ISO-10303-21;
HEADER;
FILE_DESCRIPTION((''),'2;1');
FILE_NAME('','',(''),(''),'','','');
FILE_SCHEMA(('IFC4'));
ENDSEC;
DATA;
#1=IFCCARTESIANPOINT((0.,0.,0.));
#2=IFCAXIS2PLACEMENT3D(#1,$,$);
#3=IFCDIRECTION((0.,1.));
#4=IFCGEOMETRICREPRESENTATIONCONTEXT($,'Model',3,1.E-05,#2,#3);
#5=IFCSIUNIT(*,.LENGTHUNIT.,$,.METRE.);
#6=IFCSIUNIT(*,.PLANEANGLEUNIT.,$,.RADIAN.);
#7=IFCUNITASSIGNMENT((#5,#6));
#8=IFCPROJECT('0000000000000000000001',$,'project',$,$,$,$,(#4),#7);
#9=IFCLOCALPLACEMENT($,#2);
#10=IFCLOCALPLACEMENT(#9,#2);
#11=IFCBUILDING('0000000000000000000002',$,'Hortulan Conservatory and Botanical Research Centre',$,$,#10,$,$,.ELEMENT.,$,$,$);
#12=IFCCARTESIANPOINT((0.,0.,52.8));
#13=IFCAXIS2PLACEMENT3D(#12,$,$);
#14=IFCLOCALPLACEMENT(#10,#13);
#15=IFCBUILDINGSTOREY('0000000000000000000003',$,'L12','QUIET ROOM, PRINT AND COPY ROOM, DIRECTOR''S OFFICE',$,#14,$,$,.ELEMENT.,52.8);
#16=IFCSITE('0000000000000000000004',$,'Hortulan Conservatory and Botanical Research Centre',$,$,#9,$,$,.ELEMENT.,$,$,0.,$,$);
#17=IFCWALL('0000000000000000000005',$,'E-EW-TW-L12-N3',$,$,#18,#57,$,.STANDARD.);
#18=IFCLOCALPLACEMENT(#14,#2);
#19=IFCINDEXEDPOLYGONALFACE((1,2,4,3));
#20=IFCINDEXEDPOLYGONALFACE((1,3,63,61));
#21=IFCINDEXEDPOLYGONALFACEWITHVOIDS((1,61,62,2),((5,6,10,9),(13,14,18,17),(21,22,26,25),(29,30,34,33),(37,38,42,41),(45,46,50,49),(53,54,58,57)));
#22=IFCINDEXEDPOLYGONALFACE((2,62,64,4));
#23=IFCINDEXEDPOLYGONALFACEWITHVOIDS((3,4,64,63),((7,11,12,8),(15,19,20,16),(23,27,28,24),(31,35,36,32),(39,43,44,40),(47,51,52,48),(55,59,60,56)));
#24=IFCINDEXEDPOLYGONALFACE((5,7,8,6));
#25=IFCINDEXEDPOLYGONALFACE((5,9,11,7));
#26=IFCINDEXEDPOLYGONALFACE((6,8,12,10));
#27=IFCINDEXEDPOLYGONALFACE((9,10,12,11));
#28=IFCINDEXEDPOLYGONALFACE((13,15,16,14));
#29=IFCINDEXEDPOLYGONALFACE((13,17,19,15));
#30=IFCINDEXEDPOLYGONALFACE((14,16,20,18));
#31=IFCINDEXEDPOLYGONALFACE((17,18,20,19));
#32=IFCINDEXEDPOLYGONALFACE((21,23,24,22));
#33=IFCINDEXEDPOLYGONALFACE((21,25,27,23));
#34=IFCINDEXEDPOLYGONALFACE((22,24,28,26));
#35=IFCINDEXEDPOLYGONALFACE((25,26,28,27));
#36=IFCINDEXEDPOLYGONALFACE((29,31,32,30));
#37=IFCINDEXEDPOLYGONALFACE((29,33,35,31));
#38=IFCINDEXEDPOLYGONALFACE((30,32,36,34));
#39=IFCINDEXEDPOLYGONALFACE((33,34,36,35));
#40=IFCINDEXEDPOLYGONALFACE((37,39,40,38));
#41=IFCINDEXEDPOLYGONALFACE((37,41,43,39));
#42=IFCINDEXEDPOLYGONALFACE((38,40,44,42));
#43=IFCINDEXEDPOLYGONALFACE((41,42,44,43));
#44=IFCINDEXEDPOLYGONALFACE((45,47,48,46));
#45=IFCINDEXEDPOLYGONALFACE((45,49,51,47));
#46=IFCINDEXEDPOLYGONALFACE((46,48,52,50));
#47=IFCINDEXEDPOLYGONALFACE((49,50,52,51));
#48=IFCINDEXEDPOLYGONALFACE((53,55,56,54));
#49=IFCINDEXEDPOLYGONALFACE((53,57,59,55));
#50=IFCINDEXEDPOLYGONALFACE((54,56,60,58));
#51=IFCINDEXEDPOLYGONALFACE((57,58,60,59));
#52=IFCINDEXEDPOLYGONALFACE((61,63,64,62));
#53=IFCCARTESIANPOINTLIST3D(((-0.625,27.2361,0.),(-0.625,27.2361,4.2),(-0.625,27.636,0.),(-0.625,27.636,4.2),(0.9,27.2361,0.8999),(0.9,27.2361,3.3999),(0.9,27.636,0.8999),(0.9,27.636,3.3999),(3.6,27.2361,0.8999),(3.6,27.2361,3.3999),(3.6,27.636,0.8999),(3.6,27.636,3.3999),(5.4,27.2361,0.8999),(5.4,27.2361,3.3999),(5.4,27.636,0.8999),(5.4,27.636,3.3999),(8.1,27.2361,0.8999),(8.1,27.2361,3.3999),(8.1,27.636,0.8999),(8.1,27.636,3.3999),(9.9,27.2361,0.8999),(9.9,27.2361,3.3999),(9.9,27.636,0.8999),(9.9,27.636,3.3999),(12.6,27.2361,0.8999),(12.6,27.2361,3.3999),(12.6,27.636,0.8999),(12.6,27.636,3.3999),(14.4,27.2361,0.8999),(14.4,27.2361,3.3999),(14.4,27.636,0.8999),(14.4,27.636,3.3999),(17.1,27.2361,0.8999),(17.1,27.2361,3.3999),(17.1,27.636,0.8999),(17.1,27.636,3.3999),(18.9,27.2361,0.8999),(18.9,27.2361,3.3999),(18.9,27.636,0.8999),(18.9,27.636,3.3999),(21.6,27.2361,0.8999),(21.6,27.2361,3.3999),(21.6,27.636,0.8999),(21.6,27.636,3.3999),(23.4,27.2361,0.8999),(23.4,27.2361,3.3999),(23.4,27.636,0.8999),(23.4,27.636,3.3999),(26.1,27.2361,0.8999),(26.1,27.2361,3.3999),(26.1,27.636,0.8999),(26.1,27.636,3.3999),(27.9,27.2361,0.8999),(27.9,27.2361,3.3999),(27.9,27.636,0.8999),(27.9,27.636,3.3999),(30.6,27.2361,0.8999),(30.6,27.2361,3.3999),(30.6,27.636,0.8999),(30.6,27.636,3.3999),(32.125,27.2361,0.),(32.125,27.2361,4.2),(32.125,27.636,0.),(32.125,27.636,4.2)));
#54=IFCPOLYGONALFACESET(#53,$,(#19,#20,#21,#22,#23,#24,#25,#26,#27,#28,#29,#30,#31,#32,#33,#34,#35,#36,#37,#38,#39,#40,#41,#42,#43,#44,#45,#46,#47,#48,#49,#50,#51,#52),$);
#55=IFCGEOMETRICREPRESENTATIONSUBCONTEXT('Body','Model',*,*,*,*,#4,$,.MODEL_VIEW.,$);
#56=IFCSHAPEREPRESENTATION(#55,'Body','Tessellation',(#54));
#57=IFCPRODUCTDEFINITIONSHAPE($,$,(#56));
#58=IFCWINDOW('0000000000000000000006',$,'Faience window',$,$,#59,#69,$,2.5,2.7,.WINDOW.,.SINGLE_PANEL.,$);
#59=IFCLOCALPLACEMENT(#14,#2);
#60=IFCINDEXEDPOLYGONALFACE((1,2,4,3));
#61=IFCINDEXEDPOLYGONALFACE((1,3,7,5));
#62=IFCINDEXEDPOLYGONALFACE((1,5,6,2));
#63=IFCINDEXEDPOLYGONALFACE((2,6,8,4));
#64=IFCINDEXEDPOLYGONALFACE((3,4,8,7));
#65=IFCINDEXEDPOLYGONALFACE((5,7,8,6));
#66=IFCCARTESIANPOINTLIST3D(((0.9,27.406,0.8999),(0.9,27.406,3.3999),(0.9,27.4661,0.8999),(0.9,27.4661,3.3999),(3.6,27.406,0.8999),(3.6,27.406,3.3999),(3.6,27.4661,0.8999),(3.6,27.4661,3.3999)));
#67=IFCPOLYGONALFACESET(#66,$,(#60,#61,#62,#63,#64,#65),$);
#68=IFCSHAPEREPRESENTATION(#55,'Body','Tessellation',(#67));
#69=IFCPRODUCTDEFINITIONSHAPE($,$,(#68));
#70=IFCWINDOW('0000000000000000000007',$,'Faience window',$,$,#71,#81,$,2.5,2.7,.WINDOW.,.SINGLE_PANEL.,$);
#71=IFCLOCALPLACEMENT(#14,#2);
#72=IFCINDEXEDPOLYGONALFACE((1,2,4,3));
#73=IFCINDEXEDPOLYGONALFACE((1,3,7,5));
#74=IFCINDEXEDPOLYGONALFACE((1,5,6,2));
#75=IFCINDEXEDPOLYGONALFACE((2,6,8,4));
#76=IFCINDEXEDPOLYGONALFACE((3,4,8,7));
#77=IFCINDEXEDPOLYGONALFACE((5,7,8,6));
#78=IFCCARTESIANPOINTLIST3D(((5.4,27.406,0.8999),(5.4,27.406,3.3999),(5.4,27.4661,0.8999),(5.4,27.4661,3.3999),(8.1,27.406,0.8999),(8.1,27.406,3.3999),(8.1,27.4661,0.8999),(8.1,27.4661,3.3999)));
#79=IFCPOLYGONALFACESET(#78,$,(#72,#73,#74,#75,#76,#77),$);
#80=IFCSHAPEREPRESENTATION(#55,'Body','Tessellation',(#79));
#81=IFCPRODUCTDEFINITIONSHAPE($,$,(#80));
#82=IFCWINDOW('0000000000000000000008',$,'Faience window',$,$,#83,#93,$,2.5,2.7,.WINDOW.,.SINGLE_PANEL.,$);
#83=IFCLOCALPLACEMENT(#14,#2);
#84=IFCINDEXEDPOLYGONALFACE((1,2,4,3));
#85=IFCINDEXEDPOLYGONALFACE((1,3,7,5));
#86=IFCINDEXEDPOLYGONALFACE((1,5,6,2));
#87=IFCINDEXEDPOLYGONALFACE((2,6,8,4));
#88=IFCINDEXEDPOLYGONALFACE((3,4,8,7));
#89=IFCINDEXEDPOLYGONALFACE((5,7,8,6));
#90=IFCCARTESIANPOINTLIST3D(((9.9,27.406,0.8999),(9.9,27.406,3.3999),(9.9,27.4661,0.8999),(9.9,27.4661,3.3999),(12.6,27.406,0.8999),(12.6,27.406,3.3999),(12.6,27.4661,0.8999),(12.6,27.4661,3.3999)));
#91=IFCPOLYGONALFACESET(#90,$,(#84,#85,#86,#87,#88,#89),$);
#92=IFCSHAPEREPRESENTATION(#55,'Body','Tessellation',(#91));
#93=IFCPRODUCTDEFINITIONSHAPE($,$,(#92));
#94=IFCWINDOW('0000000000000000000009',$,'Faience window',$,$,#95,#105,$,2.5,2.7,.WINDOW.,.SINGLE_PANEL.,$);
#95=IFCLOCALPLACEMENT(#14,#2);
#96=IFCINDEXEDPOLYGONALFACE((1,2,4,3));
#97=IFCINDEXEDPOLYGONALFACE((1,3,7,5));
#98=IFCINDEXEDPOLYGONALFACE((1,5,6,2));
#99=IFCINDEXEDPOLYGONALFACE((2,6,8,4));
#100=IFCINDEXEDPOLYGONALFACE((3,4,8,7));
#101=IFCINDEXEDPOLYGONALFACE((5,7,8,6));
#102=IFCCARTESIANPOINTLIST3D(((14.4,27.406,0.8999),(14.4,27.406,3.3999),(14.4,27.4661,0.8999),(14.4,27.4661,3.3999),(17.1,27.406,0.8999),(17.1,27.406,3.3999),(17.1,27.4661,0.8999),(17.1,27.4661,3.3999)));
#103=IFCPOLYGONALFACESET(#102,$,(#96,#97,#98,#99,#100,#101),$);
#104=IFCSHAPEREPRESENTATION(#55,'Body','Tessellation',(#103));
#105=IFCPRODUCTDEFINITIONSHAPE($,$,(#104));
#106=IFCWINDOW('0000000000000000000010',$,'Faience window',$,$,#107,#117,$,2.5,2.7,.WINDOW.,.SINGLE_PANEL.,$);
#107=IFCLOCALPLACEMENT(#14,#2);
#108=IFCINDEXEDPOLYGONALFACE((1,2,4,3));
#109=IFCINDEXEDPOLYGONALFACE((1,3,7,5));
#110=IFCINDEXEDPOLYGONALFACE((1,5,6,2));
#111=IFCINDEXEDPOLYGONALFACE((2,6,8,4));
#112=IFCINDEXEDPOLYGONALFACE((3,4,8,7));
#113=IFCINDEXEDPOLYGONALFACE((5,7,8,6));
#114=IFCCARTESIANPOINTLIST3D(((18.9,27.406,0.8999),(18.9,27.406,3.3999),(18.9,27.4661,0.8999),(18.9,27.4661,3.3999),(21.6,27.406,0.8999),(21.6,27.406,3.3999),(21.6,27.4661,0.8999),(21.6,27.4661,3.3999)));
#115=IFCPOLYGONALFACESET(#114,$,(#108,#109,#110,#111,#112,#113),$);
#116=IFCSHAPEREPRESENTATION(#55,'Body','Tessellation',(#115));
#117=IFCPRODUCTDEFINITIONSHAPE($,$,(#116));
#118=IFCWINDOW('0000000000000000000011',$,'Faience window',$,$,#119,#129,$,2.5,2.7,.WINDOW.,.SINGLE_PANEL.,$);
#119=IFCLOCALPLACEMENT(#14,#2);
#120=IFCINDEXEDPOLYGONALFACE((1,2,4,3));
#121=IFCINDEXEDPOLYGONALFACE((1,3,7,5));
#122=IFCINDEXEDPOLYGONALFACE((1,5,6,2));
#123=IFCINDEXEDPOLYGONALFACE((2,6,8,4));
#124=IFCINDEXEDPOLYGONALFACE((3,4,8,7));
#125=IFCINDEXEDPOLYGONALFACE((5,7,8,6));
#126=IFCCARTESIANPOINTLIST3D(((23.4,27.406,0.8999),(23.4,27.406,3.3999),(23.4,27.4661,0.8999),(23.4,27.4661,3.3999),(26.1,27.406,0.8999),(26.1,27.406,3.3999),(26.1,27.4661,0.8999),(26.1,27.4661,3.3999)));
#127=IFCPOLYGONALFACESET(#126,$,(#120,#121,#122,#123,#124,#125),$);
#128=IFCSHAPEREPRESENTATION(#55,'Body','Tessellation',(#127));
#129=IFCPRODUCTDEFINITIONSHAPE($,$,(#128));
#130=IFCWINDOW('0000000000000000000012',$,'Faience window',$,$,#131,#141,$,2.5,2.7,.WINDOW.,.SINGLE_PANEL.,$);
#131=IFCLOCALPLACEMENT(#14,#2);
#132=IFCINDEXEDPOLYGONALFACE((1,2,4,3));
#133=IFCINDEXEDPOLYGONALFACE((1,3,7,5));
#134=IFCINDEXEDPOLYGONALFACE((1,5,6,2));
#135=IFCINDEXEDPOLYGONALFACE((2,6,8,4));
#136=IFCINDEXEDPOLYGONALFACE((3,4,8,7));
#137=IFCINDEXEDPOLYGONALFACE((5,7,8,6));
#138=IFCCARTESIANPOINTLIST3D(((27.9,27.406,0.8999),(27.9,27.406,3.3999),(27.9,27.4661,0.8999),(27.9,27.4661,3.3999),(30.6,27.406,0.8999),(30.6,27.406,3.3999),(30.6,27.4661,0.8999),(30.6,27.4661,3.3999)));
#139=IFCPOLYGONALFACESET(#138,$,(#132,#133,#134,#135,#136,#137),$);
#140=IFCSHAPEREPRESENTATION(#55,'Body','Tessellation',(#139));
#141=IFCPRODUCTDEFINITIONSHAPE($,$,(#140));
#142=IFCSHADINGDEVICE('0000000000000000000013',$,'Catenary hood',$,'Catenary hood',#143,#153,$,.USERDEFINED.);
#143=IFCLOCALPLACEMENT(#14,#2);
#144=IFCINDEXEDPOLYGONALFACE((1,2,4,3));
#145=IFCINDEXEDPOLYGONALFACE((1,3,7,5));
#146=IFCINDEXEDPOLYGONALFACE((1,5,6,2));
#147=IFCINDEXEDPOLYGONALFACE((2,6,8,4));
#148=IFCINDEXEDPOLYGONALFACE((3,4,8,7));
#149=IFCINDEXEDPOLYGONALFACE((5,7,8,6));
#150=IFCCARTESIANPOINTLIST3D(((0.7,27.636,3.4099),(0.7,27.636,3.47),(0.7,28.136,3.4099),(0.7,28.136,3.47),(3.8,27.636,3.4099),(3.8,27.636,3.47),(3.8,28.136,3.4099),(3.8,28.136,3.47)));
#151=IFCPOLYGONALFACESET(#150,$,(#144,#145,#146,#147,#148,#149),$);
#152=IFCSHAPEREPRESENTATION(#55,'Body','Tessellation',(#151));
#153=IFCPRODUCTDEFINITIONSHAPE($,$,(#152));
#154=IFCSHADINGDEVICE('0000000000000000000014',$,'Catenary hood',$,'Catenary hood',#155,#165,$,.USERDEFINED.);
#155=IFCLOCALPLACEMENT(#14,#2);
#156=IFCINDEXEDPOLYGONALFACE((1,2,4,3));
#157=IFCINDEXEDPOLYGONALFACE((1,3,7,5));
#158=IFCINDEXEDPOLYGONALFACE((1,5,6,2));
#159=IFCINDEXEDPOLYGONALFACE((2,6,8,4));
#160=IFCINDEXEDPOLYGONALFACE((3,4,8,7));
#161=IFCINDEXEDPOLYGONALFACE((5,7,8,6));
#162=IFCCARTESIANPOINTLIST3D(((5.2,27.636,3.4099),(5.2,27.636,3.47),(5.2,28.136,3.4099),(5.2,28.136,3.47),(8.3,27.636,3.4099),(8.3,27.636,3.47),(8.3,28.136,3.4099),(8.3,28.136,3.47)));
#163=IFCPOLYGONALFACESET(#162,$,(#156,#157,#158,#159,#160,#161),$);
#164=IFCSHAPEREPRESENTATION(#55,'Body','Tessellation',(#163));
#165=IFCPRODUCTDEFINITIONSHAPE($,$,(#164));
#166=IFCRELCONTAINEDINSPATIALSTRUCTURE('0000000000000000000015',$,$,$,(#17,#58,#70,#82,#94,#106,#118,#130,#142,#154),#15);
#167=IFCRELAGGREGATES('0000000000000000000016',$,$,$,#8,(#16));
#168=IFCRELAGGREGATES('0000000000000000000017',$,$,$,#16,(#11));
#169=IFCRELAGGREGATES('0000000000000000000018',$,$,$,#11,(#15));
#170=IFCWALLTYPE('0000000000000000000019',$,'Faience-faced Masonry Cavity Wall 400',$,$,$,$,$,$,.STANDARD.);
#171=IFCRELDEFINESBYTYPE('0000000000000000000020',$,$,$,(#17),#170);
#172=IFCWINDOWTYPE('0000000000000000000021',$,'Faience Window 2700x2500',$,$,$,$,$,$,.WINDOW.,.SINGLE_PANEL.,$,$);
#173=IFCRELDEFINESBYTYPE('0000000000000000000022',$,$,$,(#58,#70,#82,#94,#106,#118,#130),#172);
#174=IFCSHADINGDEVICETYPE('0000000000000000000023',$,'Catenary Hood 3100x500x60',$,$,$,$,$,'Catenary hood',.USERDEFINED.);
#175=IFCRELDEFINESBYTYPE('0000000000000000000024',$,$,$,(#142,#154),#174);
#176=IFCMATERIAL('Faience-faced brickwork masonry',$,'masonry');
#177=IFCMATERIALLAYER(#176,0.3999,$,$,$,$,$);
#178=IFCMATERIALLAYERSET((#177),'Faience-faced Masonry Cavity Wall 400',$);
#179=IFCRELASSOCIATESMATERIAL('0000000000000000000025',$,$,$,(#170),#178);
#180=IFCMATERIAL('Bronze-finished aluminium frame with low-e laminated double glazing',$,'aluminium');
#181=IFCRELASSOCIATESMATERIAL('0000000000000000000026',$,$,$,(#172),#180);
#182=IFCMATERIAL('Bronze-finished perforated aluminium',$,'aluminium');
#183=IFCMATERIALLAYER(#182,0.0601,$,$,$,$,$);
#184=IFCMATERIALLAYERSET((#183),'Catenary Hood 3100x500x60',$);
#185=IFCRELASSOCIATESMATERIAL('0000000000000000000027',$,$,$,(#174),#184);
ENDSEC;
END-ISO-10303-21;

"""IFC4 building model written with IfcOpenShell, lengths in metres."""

from ifc_helpers import new_model, si_unit, direction, frame, frame_2d, origin, origin_2d, place, context, subcontext, project, spatial, rectangle, extrude, material, layer, layer_set, type_object, element, fill, save


model = new_model("IFC4")

# Units and contexts
model_context = context("Model", 3, precision=1e-05, world=origin(), true_north=direction((0.0, 1.0)))
body_context = subcontext(model_context, "Body", "Model", "MODEL_VIEW")
ifc_project = project(units=[si_unit("LENGTHUNIT", "METRE"), si_unit("PLANEANGLEUNIT", "RADIAN")], contexts=[model_context])

# Site, building, storey
site_placement = place(None, origin())
site = spatial("IfcSite", under=ifc_project, at=site_placement, Name="Hortulan Conservatory and Botanical Research Centre", CompositionType="ELEMENT", RefElevation=0.0)
building_placement = place(site_placement, origin())
building = spatial("IfcBuilding", under=site, at=building_placement, Name="Hortulan Conservatory and Botanical Research Centre", CompositionType="ELEMENT")
storey_placement = place(building_placement, frame((0.0, 0.0, 52.8)))
storey = spatial("IfcBuildingStorey", under=building, at=storey_placement, Name="L12", Description="QUIET ROOM, PRINT AND COPY ROOM, DIRECTOR'S OFFICE", CompositionType="ELEMENT", Elevation=52.8)

# Wall, openings, windows
ifc_material_1 = material(Name="Faience-faced brickwork masonry", Category="masonry")
ifc_layer_1 = layer(ifc_material_1, 0.3999)
ifc_layer_set_1 = layer_set([ifc_layer_1], Name="Faience-faced Masonry Cavity Wall 400")
wall_type = type_object("IfcWallType", Name="Faience-faced Masonry Cavity Wall 400", PredefinedType="STANDARD", material=ifc_layer_set_1)
wall_placement = place(storey_placement, frame((-0.625, 27.436, 0.0), z_axis=(0.0, 0.0, 1.0), x_axis=(1.0, 0.0, 0.0)))
wall = element("IfcWall", 1, at=wall_placement, inside=storey, type_object=wall_type, Name="E-EW-TW-L12-N3", PredefinedType="STANDARD", context=body_context, shape_type="SweptSolid", body=[
    extrude(rectangle(XDim=32.75, YDim=0.3999, at=frame_2d((16.375, 0.0))), origin(), (0.0, 0.0, 1.0), 4.2),
])
opening_1_placement = place(wall_placement, frame((1.5249, 0.0, 0.8999)))
opening_1 = element("IfcOpeningElement", 2, at=opening_1_placement, cuts=wall, PredefinedType="OPENING", context=body_context, shape_type="SweptSolid", body=[
    extrude(rectangle(XDim=2.7, YDim=2.5, at=frame_2d((1.3501, 1.25))), frame((0.0, 0.21, 0.0), z_axis=(0.0, -1.0, 0.0), x_axis=(1.0, 0.0, 0.0)), (0.0, 0.0, 1.0), 0.4199),
])
opening_2_placement = place(wall_placement, frame((6.0249, 0.0, 0.8999)))
opening_2 = element("IfcOpeningElement", 3, at=opening_2_placement, cuts=wall, PredefinedType="OPENING", context=body_context, shape_type="SweptSolid", body=[
    extrude(rectangle(XDim=2.7, YDim=2.5, at=frame_2d((1.3501, 1.25))), frame((0.0, 0.21, 0.0), z_axis=(0.0, -1.0, 0.0), x_axis=(1.0, 0.0, 0.0)), (0.0, 0.0, 1.0), 0.4199),
])
opening_3_placement = place(wall_placement, frame((10.5249, 0.0, 0.8999)))
opening_3 = element("IfcOpeningElement", 4, at=opening_3_placement, cuts=wall, PredefinedType="OPENING", context=body_context, shape_type="SweptSolid", body=[
    extrude(rectangle(XDim=2.7, YDim=2.5, at=frame_2d((1.3501, 1.25))), frame((0.0, 0.21, 0.0), z_axis=(0.0, -1.0, 0.0), x_axis=(1.0, 0.0, 0.0)), (0.0, 0.0, 1.0), 0.4199),
])
opening_4_placement = place(wall_placement, frame((15.0249, 0.0, 0.8999)))
opening_4 = element("IfcOpeningElement", 5, at=opening_4_placement, cuts=wall, PredefinedType="OPENING", context=body_context, shape_type="SweptSolid", body=[
    extrude(rectangle(XDim=2.7, YDim=2.5, at=frame_2d((1.3501, 1.25))), frame((0.0, 0.21, 0.0), z_axis=(0.0, -1.0, 0.0), x_axis=(1.0, 0.0, 0.0)), (0.0, 0.0, 1.0), 0.4199),
])
opening_5_placement = place(wall_placement, frame((19.5249, 0.0, 0.8999)))
opening_5 = element("IfcOpeningElement", 6, at=opening_5_placement, cuts=wall, PredefinedType="OPENING", context=body_context, shape_type="SweptSolid", body=[
    extrude(rectangle(XDim=2.7, YDim=2.5, at=frame_2d((1.3501, 1.25))), frame((0.0, 0.21, 0.0), z_axis=(0.0, -1.0, 0.0), x_axis=(1.0, 0.0, 0.0)), (0.0, 0.0, 1.0), 0.4199),
])
opening_6_placement = place(wall_placement, frame((24.0249, 0.0, 0.8999)))
opening_6 = element("IfcOpeningElement", 7, at=opening_6_placement, cuts=wall, PredefinedType="OPENING", context=body_context, shape_type="SweptSolid", body=[
    extrude(rectangle(XDim=2.7, YDim=2.5, at=frame_2d((1.3501, 1.25))), frame((0.0, 0.21, 0.0), z_axis=(0.0, -1.0, 0.0), x_axis=(1.0, 0.0, 0.0)), (0.0, 0.0, 1.0), 0.4199),
])
opening_7_placement = place(wall_placement, frame((28.5249, 0.0, 0.8999)))
opening_7 = element("IfcOpeningElement", 8, at=opening_7_placement, cuts=wall, PredefinedType="OPENING", context=body_context, shape_type="SweptSolid", body=[
    extrude(rectangle(XDim=2.7, YDim=2.5, at=frame_2d((1.3501, 1.25))), frame((0.0, 0.21, 0.0), z_axis=(0.0, -1.0, 0.0), x_axis=(1.0, 0.0, 0.0)), (0.0, 0.0, 1.0), 0.4199),
])
ifc_material_2 = material(Name="Bronze-finished aluminium frame with low-e laminated double glazing", Category="aluminium")
window_type = type_object("IfcWindowType", Name="Faience Window 2700x2500", PartitioningType="SINGLE_PANEL", PredefinedType="WINDOW", material=ifc_material_2)
window_1_placement = place(opening_1_placement, origin())
window_1 = element("IfcWindow", 9, at=window_1_placement, inside=storey, type_object=window_type, Name="Faience window", OverallHeight=2.5, OverallWidth=2.7, PartitioningType="SINGLE_PANEL", PredefinedType="WINDOW", context=body_context, shape_type="SweptSolid", body=[
    extrude(rectangle(XDim=2.7, YDim=2.5, at=frame_2d((1.3501, 1.25))), frame((0.0, 0.03, 0.0), z_axis=(0.0, -1.0, 0.0), x_axis=(1.0, 0.0, 0.0)), (0.0, 0.0, 1.0), 0.0601),
])
fill(opening_1, window_1)
window_2_placement = place(opening_2_placement, origin())
window_2 = element("IfcWindow", 10, at=window_2_placement, inside=storey, type_object=window_type, Name="Faience window", OverallHeight=2.5, OverallWidth=2.7, PartitioningType="SINGLE_PANEL", PredefinedType="WINDOW", context=body_context, shape_type="SweptSolid", body=[
    extrude(rectangle(XDim=2.7, YDim=2.5, at=frame_2d((1.3501, 1.25))), frame((0.0, 0.03, 0.0), z_axis=(0.0, -1.0, 0.0), x_axis=(1.0, 0.0, 0.0)), (0.0, 0.0, 1.0), 0.0601),
])
fill(opening_2, window_2)
window_3_placement = place(opening_3_placement, origin())
window_3 = element("IfcWindow", 11, at=window_3_placement, inside=storey, type_object=window_type, Name="Faience window", OverallHeight=2.5, OverallWidth=2.7, PartitioningType="SINGLE_PANEL", PredefinedType="WINDOW", context=body_context, shape_type="SweptSolid", body=[
    extrude(rectangle(XDim=2.7, YDim=2.5, at=frame_2d((1.3501, 1.25))), frame((0.0, 0.03, 0.0), z_axis=(0.0, -1.0, 0.0), x_axis=(1.0, 0.0, 0.0)), (0.0, 0.0, 1.0), 0.0601),
])
fill(opening_3, window_3)
window_4_placement = place(opening_4_placement, origin())
window_4 = element("IfcWindow", 12, at=window_4_placement, inside=storey, type_object=window_type, Name="Faience window", OverallHeight=2.5, OverallWidth=2.7, PartitioningType="SINGLE_PANEL", PredefinedType="WINDOW", context=body_context, shape_type="SweptSolid", body=[
    extrude(rectangle(XDim=2.7, YDim=2.5, at=frame_2d((1.3501, 1.25))), frame((0.0, 0.03, 0.0), z_axis=(0.0, -1.0, 0.0), x_axis=(1.0, 0.0, 0.0)), (0.0, 0.0, 1.0), 0.0601),
])
fill(opening_4, window_4)
window_5_placement = place(opening_5_placement, origin())
window_5 = element("IfcWindow", 13, at=window_5_placement, inside=storey, type_object=window_type, Name="Faience window", OverallHeight=2.5, OverallWidth=2.7, PartitioningType="SINGLE_PANEL", PredefinedType="WINDOW", context=body_context, shape_type="SweptSolid", body=[
    extrude(rectangle(XDim=2.7, YDim=2.5, at=frame_2d((1.3501, 1.25))), frame((0.0, 0.03, 0.0), z_axis=(0.0, -1.0, 0.0), x_axis=(1.0, 0.0, 0.0)), (0.0, 0.0, 1.0), 0.0601),
])
fill(opening_5, window_5)
window_6_placement = place(opening_6_placement, origin())
window_6 = element("IfcWindow", 14, at=window_6_placement, inside=storey, type_object=window_type, Name="Faience window", OverallHeight=2.5, OverallWidth=2.7, PartitioningType="SINGLE_PANEL", PredefinedType="WINDOW", context=body_context, shape_type="SweptSolid", body=[
    extrude(rectangle(XDim=2.7, YDim=2.5, at=frame_2d((1.3501, 1.25))), frame((0.0, 0.03, 0.0), z_axis=(0.0, -1.0, 0.0), x_axis=(1.0, 0.0, 0.0)), (0.0, 0.0, 1.0), 0.0601),
])
fill(opening_6, window_6)
window_7_placement = place(opening_7_placement, origin())
window_7 = element("IfcWindow", 15, at=window_7_placement, inside=storey, type_object=window_type, Name="Faience window", OverallHeight=2.5, OverallWidth=2.7, PartitioningType="SINGLE_PANEL", PredefinedType="WINDOW", context=body_context, shape_type="SweptSolid", body=[
    extrude(rectangle(XDim=2.7, YDim=2.5, at=frame_2d((1.3501, 1.25))), frame((0.0, 0.03, 0.0), z_axis=(0.0, -1.0, 0.0), x_axis=(1.0, 0.0, 0.0)), (0.0, 0.0, 1.0), 0.0601),
])
fill(opening_7, window_7)

# Shading devices
ifc_material_3 = material(Name="Bronze-finished perforated aluminium", Category="aluminium")
ifc_layer_2 = layer(ifc_material_3, 0.0601)
ifc_layer_set_2 = layer_set([ifc_layer_2], Name="Catenary Hood 3100x500x60")
shading_device_type = type_object("IfcShadingDeviceType", Name="Catenary Hood 3100x500x60", ElementType="Catenary hood", PredefinedType="USERDEFINED", material=ifc_layer_set_2)
for number, where, z_axis, x_axis, name in (
    (16, (2.25, 27.886, 3.4099), (0.0, 0.0, 1.0), (1.0, 0.0, 0.0), "Catenary hood"),
    (17, (6.75, 27.886, 3.4099), (0.0, 0.0, 1.0), (1.0, 0.0, 0.0), "Catenary hood"),
):
    element("IfcShadingDevice", number, at=place(storey_placement, frame(where, z_axis=z_axis, x_axis=x_axis)), inside=storey, type_object=shading_device_type, Name=name, ObjectType="Catenary hood", PredefinedType="USERDEFINED", context=body_context, shape_type="SweptSolid", body=[
        extrude(rectangle(XDim=3.1001, YDim=0.5, at=origin_2d()), origin(), (0.0, 0.0, 1.0), 0.0601),
    ])

save(model, "model.ifc")
